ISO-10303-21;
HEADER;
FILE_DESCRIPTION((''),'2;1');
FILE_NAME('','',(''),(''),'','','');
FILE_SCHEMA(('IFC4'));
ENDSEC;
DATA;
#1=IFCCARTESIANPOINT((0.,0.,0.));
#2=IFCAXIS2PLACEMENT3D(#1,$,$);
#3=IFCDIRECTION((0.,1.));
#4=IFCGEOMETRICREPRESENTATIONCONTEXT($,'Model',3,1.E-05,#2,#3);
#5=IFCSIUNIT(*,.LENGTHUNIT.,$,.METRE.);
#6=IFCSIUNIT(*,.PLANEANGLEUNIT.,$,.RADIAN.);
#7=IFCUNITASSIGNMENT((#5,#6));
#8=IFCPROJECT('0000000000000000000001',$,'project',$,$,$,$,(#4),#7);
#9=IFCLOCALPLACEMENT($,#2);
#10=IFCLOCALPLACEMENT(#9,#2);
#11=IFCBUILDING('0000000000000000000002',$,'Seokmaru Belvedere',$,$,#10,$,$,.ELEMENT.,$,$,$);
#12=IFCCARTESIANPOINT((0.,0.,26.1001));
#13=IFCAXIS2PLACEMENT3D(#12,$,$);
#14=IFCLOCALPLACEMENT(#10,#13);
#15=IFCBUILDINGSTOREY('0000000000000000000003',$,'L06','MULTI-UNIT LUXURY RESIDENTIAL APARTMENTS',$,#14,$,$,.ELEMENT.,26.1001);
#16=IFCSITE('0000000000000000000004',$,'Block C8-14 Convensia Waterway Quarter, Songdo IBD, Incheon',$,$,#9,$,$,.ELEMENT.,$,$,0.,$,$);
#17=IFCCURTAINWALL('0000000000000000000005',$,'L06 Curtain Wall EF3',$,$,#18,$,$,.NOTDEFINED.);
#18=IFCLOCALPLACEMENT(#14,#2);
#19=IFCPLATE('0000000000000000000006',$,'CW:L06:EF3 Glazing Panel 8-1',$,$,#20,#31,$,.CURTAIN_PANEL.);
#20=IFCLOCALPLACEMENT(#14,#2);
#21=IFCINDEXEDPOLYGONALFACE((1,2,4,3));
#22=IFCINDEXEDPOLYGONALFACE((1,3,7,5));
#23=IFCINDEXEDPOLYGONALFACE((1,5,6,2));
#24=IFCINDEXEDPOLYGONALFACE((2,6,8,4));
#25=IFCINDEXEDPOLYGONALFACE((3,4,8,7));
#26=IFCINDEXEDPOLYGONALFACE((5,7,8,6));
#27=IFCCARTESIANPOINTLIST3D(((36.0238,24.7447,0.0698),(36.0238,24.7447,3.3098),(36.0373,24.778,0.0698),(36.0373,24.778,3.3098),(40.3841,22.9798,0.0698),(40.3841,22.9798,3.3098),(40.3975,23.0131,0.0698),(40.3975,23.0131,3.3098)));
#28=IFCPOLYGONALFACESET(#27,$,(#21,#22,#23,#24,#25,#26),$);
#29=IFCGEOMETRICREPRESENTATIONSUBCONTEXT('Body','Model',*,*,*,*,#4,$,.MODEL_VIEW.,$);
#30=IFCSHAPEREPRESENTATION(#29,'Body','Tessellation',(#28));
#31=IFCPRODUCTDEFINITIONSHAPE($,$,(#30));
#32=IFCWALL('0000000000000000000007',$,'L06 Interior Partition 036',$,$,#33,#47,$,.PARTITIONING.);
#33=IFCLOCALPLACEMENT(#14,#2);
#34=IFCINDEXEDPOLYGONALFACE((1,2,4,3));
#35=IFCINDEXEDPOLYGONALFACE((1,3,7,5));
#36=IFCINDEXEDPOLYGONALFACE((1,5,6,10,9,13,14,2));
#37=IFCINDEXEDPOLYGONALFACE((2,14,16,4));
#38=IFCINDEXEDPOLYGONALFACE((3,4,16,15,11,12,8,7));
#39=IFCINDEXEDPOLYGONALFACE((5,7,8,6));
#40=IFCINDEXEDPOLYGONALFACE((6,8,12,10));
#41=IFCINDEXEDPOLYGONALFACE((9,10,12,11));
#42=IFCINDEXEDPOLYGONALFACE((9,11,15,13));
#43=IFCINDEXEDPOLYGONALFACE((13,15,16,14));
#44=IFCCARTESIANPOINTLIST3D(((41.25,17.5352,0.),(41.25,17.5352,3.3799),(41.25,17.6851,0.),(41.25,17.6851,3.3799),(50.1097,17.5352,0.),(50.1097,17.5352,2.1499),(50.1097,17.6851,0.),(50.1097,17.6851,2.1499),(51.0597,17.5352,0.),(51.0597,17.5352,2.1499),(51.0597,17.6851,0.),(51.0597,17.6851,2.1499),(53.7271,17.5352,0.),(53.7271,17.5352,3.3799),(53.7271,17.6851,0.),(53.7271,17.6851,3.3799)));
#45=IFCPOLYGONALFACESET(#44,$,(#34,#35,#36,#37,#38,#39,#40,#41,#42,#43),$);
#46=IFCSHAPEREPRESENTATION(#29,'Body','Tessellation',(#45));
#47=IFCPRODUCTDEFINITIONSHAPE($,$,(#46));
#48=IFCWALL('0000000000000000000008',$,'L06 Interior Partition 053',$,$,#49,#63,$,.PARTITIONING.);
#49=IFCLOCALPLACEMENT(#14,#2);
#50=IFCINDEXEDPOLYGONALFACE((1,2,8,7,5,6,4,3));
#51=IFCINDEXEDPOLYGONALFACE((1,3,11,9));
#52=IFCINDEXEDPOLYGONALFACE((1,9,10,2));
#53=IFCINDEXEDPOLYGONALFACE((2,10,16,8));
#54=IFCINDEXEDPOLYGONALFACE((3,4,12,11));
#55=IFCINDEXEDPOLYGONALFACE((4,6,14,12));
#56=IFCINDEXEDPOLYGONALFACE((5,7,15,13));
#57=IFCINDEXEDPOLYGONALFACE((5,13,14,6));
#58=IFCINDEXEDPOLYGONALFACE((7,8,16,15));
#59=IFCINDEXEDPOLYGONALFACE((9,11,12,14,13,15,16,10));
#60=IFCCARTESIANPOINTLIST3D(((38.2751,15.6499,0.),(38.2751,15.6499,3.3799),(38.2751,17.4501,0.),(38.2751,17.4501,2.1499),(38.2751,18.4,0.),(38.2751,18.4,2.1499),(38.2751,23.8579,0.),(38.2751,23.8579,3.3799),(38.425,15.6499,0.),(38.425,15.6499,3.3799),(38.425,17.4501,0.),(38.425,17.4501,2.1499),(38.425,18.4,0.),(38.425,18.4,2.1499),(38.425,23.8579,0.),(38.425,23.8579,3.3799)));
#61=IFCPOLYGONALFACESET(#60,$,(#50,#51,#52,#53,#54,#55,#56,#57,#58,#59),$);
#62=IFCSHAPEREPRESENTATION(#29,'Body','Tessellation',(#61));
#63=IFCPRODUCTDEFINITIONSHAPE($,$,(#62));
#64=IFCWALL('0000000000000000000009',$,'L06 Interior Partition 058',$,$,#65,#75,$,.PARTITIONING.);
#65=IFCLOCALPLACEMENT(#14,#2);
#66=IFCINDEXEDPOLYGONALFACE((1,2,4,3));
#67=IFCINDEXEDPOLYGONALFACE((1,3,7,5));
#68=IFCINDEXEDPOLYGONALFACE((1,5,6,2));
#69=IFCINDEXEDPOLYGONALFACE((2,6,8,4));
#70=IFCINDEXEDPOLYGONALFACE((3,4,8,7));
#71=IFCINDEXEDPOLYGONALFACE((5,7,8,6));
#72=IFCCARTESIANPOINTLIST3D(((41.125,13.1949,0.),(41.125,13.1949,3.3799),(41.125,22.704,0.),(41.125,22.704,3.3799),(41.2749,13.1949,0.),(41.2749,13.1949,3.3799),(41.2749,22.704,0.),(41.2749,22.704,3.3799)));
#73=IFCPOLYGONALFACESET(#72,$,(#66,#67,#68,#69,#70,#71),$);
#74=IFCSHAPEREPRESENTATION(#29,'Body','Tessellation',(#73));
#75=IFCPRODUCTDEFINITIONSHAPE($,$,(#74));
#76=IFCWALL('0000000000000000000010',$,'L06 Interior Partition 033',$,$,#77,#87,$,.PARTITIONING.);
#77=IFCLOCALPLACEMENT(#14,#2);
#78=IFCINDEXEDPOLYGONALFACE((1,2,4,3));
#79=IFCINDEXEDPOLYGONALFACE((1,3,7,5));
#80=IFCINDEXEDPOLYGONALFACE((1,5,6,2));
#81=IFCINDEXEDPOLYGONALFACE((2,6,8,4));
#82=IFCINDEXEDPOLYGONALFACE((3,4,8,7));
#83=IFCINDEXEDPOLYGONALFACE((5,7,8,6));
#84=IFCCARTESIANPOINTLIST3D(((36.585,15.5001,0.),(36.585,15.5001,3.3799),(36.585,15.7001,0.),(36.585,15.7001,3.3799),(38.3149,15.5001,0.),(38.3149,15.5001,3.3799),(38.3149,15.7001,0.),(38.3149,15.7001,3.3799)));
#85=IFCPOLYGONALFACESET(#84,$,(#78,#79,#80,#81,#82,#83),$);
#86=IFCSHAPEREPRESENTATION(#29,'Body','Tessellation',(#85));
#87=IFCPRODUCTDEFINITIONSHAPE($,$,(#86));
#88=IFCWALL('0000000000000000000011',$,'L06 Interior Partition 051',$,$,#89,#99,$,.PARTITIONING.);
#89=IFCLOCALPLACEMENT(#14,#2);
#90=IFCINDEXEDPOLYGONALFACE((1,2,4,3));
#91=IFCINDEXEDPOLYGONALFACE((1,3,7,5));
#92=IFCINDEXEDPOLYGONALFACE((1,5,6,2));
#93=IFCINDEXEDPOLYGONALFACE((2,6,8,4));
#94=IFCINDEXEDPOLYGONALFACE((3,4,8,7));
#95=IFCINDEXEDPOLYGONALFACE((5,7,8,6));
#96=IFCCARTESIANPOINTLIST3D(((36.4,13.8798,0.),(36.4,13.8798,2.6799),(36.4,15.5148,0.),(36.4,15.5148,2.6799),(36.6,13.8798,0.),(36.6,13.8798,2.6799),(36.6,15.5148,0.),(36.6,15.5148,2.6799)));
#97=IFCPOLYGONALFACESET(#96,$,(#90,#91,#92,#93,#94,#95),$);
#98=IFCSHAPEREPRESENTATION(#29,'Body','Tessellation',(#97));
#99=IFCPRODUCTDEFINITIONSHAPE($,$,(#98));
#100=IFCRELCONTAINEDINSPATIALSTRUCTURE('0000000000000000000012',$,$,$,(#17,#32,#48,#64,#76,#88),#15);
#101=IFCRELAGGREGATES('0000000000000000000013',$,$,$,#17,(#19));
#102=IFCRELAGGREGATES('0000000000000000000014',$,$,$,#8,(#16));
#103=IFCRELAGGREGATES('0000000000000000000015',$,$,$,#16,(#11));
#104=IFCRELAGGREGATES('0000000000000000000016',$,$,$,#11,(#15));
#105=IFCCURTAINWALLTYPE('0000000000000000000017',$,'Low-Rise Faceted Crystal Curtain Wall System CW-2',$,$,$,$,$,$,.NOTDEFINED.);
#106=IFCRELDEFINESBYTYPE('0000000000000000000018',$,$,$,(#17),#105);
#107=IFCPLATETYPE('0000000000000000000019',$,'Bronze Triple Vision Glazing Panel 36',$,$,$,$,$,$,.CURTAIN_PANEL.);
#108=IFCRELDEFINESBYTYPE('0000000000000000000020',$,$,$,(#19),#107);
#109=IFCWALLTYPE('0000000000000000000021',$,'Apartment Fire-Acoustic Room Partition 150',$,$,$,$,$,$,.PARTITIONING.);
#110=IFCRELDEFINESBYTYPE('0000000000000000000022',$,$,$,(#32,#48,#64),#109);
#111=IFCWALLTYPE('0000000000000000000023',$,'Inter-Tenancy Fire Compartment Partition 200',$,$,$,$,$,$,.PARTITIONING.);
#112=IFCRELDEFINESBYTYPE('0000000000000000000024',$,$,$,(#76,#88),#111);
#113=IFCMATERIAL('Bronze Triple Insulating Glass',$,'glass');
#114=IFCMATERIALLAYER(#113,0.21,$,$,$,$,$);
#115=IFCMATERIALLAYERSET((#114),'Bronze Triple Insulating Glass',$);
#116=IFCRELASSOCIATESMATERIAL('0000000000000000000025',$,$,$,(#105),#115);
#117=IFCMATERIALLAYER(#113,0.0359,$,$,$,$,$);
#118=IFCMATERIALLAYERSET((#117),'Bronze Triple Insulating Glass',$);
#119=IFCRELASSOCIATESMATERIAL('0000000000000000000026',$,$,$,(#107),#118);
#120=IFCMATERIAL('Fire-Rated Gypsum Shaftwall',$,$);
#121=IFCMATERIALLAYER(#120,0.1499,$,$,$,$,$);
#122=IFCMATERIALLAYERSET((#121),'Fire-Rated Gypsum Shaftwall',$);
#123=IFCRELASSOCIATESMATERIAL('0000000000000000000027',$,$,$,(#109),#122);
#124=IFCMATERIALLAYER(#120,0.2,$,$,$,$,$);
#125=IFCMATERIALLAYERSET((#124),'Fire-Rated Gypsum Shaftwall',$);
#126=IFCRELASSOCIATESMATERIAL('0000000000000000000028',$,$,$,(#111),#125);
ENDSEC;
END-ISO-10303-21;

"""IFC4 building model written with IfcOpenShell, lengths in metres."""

from ifc_helpers import new_model, si_unit, direction, frame, frame_2d, origin, origin_2d, place, context, subcontext, project, spatial, rectangle, extrude, source, transform, mapped, material, layer, layer_set, type_object, type_shapes, element, aggregate, save


model = new_model("IFC4")

# Units and contexts
model_context = context("Model", 3, precision=1e-05, world=origin(), true_north=direction((0.0, 1.0)))
body_context = subcontext(model_context, "Body", "Model", "MODEL_VIEW")
ifc_project = project(units=[si_unit("LENGTHUNIT", "METRE"), si_unit("PLANEANGLEUNIT", "RADIAN")], contexts=[model_context])

# Site, building, storey
site_placement = place(None, origin())
site = spatial("IfcSite", under=ifc_project, at=site_placement, Name="Block C8-14 Convensia Waterway Quarter, Songdo IBD, Incheon", CompositionType="ELEMENT", RefElevation=0.0)
building_placement = place(site_placement, origin())
building = spatial("IfcBuilding", under=site, at=building_placement, Name="Seokmaru Belvedere", CompositionType="ELEMENT")
storey_placement = place(building_placement, frame((0.0, 0.0, 26.1001)))
storey = spatial("IfcBuildingStorey", under=building, at=storey_placement, Name="L06", Description="MULTI-UNIT LUXURY RESIDENTIAL APARTMENTS", CompositionType="ELEMENT", Elevation=26.1001)

# Curtain wall, plate
ifc_material_1 = material(Name="Bronze Triple Insulating Glass", Category="glass")
ifc_layer_1 = layer(ifc_material_1, 0.21)
ifc_layer_set_1 = layer_set([ifc_layer_1], Name="Bronze Triple Insulating Glass")
curtain_wall_type = type_object("IfcCurtainWallType", Name="Low-Rise Faceted Crystal Curtain Wall System CW-2", PredefinedType="NOTDEFINED", material=ifc_layer_set_1)
curtain_wall_placement = place(storey_placement, origin())
curtain_wall = element("IfcCurtainWall", 1, at=curtain_wall_placement, inside=storey, type_object=curtain_wall_type, Name="L06 Curtain Wall EF3", PredefinedType="NOTDEFINED")
ifc_layer_2 = layer(ifc_material_1, 0.0359)
ifc_layer_set_2 = layer_set([ifc_layer_2], Name="Bronze Triple Insulating Glass")
plate_type = type_object("IfcPlateType", Name="Bronze Triple Vision Glazing Panel 36", PredefinedType="CURTAIN_PANEL", material=ifc_layer_set_2)
shared_shape_1 = source(origin(), body_context, "Body", "SweptSolid", [
    extrude(rectangle(XDim=4.7039, YDim=0.0359, at=origin_2d()), origin(), (0.0, 0.0, 1.0), 3.24),
])
type_shapes(plate_type, [shared_shape_1])
plate_1_placement = place(storey_placement, frame((38.2107, 23.8789, 0.0698), z_axis=(0.0, 0.0, 1.0), x_axis=(-0.926947, 0.375192, 0.0)))
plate_1 = element("IfcPlate", 2, at=plate_1_placement, type_object=plate_type, Name="CW:L06:EF3 Glazing Panel 8-1", PredefinedType="CURTAIN_PANEL", context=body_context, shape_type="MappedRepresentation", body=[
    mapped(shared_shape_1, transform((0.0, 0.0, 0.0), scale=1.0)),
])
aggregate(curtain_wall, [plate_1])

# Walls, openings
ifc_material_2 = material(Name="Fire-Rated Gypsum Shaftwall")
ifc_layer_3 = layer(ifc_material_2, 0.1499)
ifc_layer_set_3 = layer_set([ifc_layer_3], Name="Fire-Rated Gypsum Shaftwall")
wall_type_1 = type_object("IfcWallType", Name="Apartment Fire-Acoustic Room Partition 150", PredefinedType="PARTITIONING", material=ifc_layer_set_3)
wall_1_placement = place(storey_placement, frame((41.25, 17.6101, 0.0), z_axis=(0.0, 0.0, 1.0), x_axis=(1.0, 0.0, 0.0)))
wall_1 = element("IfcWall", 3, at=wall_1_placement, inside=storey, type_object=wall_type_1, Name="L06 Interior Partition 036", PredefinedType="PARTITIONING", context=body_context, shape_type="SweptSolid", body=[
    extrude(rectangle(XDim=12.4771, YDim=0.1499, at=frame_2d((6.2385, 0.0))), origin(), (0.0, 0.0, 1.0), 3.3799),
])
opening_1_placement = place(wall_1_placement, frame((8.8596, 0.0, 0.0)))
element("IfcOpeningElement", 4, at=opening_1_placement, cuts=wall_1, PredefinedType="OPENING", context=body_context, shape_type="SweptSolid", body=[
    extrude(rectangle(XDim=0.95, YDim=2.1499, at=frame_2d((0.4751, 1.075))), frame((0.0, 0.085, 0.0), z_axis=(0.0, -1.0, 0.0), x_axis=(1.0, 0.0, 0.0)), (0.0, 0.0, 1.0), 0.1699),
])
wall_2_placement = place(storey_placement, frame((38.3501, 15.6499, 0.0), z_axis=(0.0, 0.0, 1.0), x_axis=(0.0, 1.0, 0.0)))
wall_2 = element("IfcWall", 5, at=wall_2_placement, inside=storey, type_object=wall_type_1, Name="L06 Interior Partition 053", PredefinedType="PARTITIONING", context=body_context, shape_type="SweptSolid", body=[
    extrude(rectangle(XDim=8.208, YDim=0.1499, at=frame_2d((4.104, 0.0))), origin(), (0.0, 0.0, 1.0), 3.3799),
])
opening_2_placement = place(wall_2_placement, frame((1.8, 0.0, 0.0)))
element("IfcOpeningElement", 6, at=opening_2_placement, cuts=wall_2, PredefinedType="OPENING", context=body_context, shape_type="SweptSolid", body=[
    extrude(rectangle(XDim=0.95, YDim=2.1499, at=frame_2d((0.4751, 1.075))), frame((0.0, 0.085, 0.0), z_axis=(0.0, -1.0, 0.0), x_axis=(1.0, 0.0, 0.0)), (0.0, 0.0, 1.0), 0.1699),
])

# Walls
wall_3_placement = place(storey_placement, frame((41.2, 13.1951, 0.0), z_axis=(0.0, 0.0, 1.0), x_axis=(0.0, 1.0, 0.0)))
element("IfcWall", 7, at=wall_3_placement, inside=storey, type_object=wall_type_1, Name="L06 Interior Partition 058", PredefinedType="PARTITIONING", context=body_context, shape_type="SweptSolid", body=[
    extrude(rectangle(XDim=9.509, YDim=0.1499, at=frame_2d((4.7544, 0.0))), origin(), (0.0, 0.0, 1.0), 3.3799),
])
ifc_layer_4 = layer(ifc_material_2, 0.2)
ifc_layer_set_4 = layer_set([ifc_layer_4], Name="Fire-Rated Gypsum Shaftwall")
wall_type_2 = type_object("IfcWallType", Name="Inter-Tenancy Fire Compartment Partition 200", PredefinedType="PARTITIONING", material=ifc_layer_set_4)
wall_4_placement = place(storey_placement, frame((36.585, 15.6001, 0.0), z_axis=(0.0, 0.0, 1.0), x_axis=(1.0, 0.0, 0.0)))
element("IfcWall", 8, at=wall_4_placement, inside=storey, type_object=wall_type_2, Name="L06 Interior Partition 033", PredefinedType="PARTITIONING", context=body_context, shape_type="SweptSolid", body=[
    extrude(rectangle(XDim=1.73, YDim=0.2, at=frame_2d((0.865, 0.0))), origin(), (0.0, 0.0, 1.0), 3.3799),
])
wall_5_placement = place(storey_placement, frame((36.5, 13.8799, 0.0), z_axis=(0.0, 0.0, 1.0), x_axis=(0.0, 1.0, 0.0)))
element("IfcWall", 9, at=wall_5_placement, inside=storey, type_object=wall_type_2, Name="L06 Interior Partition 051", PredefinedType="PARTITIONING", context=body_context, shape_type="SweptSolid", body=[
    extrude(rectangle(XDim=1.635, YDim=0.2, at=frame_2d((0.8174, 0.0))), origin(), (0.0, 0.0, 1.0), 2.6799),
])

save(model, "model.ifc")
